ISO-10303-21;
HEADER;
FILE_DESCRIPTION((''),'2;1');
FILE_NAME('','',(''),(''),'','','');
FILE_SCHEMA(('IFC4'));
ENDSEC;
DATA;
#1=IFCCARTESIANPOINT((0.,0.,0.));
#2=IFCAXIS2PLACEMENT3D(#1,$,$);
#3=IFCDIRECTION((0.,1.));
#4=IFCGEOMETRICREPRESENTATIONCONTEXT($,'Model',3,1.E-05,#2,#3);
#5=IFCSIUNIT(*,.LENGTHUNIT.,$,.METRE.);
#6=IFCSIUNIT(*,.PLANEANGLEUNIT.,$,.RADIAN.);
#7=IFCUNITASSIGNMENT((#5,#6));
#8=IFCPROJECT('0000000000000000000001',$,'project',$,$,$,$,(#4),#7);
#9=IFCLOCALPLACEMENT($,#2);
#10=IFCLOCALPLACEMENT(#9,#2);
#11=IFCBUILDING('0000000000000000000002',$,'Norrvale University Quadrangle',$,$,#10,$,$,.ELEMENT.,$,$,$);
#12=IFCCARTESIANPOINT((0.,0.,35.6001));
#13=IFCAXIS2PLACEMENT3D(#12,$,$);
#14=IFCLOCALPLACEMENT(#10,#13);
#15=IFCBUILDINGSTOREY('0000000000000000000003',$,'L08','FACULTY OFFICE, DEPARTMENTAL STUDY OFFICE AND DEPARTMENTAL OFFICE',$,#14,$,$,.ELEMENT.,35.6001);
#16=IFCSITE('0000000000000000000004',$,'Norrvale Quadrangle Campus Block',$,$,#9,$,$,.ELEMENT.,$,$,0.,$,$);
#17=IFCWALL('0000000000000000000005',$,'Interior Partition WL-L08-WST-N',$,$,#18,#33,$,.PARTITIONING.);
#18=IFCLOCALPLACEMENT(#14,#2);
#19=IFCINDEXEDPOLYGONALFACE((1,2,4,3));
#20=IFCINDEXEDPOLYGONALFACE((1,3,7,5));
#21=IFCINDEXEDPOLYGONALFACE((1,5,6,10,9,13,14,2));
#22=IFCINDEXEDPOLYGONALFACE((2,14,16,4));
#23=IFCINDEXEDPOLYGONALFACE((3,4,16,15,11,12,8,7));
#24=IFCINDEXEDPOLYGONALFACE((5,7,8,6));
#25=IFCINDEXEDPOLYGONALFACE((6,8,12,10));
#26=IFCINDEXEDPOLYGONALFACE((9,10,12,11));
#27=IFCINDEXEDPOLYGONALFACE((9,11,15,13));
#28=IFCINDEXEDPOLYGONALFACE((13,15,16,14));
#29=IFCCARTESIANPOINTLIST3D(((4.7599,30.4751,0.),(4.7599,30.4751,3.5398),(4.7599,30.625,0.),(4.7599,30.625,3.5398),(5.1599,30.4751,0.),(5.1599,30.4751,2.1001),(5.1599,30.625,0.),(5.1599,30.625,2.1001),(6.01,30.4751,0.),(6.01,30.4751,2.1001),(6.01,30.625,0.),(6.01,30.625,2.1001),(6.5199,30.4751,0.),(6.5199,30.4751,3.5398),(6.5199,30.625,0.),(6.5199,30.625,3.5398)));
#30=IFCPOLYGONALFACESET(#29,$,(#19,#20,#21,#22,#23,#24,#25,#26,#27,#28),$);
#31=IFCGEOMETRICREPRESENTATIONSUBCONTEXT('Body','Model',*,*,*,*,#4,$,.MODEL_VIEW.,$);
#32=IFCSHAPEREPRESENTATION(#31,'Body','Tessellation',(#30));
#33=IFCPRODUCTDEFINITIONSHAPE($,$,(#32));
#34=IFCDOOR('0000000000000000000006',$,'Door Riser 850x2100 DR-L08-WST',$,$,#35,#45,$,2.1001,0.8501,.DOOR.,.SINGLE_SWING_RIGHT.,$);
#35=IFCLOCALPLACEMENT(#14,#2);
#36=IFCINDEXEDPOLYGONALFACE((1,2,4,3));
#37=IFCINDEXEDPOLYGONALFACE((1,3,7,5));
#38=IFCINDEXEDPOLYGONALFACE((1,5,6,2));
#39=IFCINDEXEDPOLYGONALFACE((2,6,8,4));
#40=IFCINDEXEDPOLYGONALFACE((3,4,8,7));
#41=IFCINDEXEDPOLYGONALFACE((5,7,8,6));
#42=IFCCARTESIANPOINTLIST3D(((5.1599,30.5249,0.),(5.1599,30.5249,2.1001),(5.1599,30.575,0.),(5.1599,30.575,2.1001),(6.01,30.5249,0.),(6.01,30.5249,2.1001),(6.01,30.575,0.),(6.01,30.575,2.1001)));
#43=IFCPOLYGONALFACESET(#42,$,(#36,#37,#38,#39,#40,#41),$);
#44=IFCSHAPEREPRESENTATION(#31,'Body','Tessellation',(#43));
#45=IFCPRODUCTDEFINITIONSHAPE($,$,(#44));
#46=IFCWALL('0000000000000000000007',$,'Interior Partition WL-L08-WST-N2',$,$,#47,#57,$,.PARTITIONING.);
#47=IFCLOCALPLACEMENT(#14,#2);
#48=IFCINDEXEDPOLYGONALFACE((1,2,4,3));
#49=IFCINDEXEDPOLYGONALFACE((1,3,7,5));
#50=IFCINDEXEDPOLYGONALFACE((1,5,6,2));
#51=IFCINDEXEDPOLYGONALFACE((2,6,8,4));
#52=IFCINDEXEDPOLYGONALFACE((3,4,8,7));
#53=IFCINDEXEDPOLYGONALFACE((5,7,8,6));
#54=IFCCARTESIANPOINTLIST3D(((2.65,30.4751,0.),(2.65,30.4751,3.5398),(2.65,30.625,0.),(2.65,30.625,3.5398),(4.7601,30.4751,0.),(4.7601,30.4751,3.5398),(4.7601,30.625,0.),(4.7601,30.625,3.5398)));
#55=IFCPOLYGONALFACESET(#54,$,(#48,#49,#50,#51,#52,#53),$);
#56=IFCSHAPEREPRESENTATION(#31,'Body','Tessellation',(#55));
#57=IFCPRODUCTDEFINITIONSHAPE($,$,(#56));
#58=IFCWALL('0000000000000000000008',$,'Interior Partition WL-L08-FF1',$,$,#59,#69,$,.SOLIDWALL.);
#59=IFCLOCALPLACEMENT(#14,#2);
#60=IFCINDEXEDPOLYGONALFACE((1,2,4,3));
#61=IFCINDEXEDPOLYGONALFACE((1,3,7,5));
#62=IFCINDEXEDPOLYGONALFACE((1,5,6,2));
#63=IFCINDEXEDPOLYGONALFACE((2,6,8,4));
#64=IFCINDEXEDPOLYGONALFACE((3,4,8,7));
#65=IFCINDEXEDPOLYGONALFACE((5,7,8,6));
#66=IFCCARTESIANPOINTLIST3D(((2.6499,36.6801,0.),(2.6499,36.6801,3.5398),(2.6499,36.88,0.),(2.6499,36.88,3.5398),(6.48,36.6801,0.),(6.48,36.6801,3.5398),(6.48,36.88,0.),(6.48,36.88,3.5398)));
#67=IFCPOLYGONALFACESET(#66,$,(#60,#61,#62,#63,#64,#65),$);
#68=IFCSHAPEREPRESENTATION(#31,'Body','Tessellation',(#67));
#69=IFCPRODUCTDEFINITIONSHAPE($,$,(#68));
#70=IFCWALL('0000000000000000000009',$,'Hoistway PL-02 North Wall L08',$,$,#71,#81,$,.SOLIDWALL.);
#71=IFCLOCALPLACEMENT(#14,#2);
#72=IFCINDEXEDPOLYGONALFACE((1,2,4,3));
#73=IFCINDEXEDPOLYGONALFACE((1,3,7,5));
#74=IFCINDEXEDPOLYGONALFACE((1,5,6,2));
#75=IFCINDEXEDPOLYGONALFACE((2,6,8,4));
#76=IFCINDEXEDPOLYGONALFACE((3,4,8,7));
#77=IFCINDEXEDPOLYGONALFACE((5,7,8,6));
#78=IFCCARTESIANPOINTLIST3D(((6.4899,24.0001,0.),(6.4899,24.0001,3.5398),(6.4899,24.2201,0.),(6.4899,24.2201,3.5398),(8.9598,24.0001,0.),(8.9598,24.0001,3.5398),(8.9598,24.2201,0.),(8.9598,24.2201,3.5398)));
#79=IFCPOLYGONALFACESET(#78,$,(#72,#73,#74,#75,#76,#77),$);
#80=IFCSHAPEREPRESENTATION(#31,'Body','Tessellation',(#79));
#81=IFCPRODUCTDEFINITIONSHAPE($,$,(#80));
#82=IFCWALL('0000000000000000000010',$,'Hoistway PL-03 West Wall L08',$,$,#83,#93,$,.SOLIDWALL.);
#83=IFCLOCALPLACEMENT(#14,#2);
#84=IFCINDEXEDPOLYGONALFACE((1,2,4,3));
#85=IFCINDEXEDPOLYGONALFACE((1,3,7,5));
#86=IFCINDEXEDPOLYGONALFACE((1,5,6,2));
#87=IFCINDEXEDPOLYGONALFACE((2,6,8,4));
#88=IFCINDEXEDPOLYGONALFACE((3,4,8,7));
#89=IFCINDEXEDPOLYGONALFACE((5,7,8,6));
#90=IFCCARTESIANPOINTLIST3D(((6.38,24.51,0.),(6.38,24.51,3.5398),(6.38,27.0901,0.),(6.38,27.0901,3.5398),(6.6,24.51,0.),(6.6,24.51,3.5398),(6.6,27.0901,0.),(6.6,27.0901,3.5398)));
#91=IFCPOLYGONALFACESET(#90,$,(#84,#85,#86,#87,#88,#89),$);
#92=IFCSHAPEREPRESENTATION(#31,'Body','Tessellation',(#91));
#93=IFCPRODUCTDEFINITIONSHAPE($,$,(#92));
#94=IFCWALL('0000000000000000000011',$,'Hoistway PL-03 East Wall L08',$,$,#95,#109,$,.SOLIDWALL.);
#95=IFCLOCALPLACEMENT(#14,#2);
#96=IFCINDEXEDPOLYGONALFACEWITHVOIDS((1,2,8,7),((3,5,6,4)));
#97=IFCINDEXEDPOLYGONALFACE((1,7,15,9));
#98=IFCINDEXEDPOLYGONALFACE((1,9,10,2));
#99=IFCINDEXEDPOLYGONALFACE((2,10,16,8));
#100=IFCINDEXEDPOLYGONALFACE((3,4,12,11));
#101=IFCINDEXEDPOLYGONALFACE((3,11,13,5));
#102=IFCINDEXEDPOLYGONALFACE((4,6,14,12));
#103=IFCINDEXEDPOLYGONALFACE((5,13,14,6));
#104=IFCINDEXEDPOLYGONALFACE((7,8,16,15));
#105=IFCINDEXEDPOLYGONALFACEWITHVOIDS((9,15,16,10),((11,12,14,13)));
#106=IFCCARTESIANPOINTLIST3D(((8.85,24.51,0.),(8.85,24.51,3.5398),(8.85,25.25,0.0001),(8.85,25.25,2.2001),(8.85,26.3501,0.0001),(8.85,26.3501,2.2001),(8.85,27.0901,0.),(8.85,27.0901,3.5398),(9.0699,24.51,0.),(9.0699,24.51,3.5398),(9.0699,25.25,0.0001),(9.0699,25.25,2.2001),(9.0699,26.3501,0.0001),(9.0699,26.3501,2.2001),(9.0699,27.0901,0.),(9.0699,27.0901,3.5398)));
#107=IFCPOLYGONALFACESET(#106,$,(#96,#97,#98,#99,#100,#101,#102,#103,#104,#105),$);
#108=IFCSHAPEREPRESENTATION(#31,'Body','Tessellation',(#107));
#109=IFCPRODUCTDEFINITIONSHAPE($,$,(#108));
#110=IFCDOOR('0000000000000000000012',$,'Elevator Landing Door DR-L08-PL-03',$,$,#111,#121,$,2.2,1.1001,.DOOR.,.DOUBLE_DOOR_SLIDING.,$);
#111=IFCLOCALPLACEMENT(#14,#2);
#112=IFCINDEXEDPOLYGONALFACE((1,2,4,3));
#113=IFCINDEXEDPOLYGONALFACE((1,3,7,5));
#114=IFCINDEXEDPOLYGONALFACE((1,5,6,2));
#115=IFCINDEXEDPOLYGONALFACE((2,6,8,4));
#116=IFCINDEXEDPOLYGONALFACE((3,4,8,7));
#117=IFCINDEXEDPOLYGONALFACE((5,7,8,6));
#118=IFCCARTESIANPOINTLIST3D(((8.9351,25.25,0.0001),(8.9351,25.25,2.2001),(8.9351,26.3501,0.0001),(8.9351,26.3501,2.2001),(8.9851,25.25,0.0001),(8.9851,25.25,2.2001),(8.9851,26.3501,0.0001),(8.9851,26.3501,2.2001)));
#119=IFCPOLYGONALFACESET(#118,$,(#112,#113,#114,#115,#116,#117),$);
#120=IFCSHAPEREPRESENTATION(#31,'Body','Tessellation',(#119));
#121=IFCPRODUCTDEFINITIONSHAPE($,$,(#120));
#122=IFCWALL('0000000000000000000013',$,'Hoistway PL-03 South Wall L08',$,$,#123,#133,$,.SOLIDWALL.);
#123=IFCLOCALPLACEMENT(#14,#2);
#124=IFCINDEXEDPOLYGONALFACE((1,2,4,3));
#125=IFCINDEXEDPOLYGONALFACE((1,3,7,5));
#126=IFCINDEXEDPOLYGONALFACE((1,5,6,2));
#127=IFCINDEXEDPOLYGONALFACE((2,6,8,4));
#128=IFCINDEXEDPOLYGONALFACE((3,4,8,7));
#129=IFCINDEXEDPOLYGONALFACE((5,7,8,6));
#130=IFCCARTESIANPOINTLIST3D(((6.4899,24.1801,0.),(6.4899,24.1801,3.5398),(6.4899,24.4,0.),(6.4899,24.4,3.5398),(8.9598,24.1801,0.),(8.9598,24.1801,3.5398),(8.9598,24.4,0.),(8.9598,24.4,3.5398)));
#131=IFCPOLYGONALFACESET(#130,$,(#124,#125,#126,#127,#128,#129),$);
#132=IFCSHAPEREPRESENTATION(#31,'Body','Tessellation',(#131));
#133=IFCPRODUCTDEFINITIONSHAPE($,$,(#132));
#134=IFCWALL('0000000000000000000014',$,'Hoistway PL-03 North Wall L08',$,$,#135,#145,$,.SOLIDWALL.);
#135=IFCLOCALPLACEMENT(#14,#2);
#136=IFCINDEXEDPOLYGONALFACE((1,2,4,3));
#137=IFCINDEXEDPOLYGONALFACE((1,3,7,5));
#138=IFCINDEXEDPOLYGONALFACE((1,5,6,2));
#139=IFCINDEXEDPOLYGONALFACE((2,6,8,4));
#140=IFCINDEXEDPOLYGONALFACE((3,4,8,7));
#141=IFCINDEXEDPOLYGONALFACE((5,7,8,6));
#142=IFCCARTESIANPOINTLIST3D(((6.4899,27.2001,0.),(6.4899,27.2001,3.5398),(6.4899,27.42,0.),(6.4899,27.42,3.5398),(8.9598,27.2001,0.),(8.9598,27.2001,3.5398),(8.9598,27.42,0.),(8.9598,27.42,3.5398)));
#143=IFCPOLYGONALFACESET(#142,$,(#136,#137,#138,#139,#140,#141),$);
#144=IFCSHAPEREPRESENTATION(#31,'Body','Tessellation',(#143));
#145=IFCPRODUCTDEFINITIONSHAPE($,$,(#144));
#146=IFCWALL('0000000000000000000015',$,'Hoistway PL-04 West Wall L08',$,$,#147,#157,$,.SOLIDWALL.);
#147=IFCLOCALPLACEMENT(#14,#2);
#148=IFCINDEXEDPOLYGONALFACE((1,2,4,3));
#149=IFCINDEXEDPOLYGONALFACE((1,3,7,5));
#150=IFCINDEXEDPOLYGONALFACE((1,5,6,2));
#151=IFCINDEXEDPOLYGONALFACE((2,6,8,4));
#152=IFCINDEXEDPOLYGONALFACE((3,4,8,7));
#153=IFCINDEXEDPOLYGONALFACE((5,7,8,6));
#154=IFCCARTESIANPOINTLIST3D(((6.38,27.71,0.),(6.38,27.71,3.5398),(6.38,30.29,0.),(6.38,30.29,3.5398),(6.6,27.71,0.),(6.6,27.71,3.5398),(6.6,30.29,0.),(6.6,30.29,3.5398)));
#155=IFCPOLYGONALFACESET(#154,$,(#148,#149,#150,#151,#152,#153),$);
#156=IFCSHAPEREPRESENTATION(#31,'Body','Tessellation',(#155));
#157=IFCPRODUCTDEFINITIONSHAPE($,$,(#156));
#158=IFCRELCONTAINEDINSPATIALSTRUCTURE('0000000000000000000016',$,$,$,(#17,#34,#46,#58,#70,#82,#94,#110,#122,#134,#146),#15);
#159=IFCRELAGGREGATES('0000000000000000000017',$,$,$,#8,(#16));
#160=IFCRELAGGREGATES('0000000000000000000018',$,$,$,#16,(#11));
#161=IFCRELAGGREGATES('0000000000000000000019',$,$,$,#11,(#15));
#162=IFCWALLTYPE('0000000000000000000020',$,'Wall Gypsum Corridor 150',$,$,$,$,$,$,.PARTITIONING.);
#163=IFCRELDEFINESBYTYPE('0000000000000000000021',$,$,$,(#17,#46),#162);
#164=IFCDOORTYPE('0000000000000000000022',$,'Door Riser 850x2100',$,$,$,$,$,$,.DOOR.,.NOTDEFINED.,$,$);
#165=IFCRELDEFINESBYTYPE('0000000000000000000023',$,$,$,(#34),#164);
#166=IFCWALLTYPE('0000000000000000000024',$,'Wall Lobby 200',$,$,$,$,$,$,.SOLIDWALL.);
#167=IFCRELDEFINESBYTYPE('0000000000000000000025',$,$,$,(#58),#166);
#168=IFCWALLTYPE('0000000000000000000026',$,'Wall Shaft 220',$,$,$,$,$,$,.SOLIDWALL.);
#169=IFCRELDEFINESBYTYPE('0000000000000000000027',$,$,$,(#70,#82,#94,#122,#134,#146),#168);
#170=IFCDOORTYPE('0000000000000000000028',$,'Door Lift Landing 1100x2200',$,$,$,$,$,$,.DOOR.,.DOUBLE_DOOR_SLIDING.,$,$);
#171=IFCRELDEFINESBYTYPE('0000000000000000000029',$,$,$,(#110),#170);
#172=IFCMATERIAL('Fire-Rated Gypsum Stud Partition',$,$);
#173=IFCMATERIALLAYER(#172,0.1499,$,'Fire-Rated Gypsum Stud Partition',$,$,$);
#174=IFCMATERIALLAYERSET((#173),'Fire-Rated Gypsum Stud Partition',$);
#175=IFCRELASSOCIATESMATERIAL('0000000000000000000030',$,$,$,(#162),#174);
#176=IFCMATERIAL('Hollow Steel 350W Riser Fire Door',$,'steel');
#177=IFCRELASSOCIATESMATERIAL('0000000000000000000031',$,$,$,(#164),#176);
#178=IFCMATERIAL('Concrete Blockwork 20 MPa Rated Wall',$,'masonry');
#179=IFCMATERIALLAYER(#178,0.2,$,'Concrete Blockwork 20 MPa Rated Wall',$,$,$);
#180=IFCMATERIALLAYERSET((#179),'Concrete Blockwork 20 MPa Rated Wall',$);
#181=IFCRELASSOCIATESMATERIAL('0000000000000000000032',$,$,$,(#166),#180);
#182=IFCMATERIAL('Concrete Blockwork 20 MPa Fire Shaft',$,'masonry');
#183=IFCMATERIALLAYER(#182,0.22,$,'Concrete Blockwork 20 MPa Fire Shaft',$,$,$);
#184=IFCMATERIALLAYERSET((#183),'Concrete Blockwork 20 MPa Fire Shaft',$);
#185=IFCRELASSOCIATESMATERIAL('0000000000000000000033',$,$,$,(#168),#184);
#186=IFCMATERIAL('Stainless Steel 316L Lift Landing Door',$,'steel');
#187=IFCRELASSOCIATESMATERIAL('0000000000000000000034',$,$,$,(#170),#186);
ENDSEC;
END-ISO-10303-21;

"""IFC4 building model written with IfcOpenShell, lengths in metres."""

from ifc_helpers import new_model, si_unit, direction, frame, frame_2d, origin, place, context, subcontext, project, spatial, rectangle, extrude, material, layer, layer_set, type_object, element, fill, save


model = new_model("IFC4")

# Units and contexts
model_context = context("Model", 3, precision=1e-05, world=origin(), true_north=direction((0.0, 1.0)))
body_context = subcontext(model_context, "Body", "Model", "MODEL_VIEW")
ifc_project = project(units=[si_unit("LENGTHUNIT", "METRE"), si_unit("PLANEANGLEUNIT", "RADIAN")], contexts=[model_context])

# Site, building, storey
site_placement = place(None, origin())
site = spatial("IfcSite", under=ifc_project, at=site_placement, Name="Norrvale Quadrangle Campus Block", CompositionType="ELEMENT", RefElevation=0.0)
building_placement = place(site_placement, origin())
building = spatial("IfcBuilding", under=site, at=building_placement, Name="Norrvale University Quadrangle", CompositionType="ELEMENT")
storey_placement = place(building_placement, frame((0.0, 0.0, 35.6001)))
storey = spatial("IfcBuildingStorey", under=building, at=storey_placement, Name="L08", Description="FACULTY OFFICE, DEPARTMENTAL STUDY OFFICE AND DEPARTMENTAL OFFICE", CompositionType="ELEMENT", Elevation=35.6001)

# Wall, opening, door
ifc_material_1 = material(Name="Fire-Rated Gypsum Stud Partition")
ifc_layer_1 = layer(ifc_material_1, 0.1499, Name="Fire-Rated Gypsum Stud Partition")
ifc_layer_set_1 = layer_set([ifc_layer_1], Name="Fire-Rated Gypsum Stud Partition")
wall_type_1 = type_object("IfcWallType", Name="Wall Gypsum Corridor 150", PredefinedType="PARTITIONING", material=ifc_layer_set_1)
ifc_material_2 = material(Name="Hollow Steel 350W Riser Fire Door", Category="steel")
door_type_1 = type_object("IfcDoorType", Name="Door Riser 850x2100", OperationType="NOTDEFINED", PredefinedType="DOOR", material=ifc_material_2)
wall_1_placement = place(storey_placement, frame((4.76, 30.55, 0.0), z_axis=(0.0, 0.0, 1.0), x_axis=(1.0, 0.0, 0.0)))
wall_1 = element("IfcWall", 1, at=wall_1_placement, inside=storey, type_object=wall_type_1, Name="Interior Partition WL-L08-WST-N", PredefinedType="PARTITIONING", context=body_context, shape_type="SweptSolid", body=[
    extrude(rectangle(XDim=1.76, YDim=0.1499, at=frame_2d((0.8799, 0.0))), origin(), (0.0, 0.0, 1.0), 3.5398),
])
opening_1_placement = place(wall_1_placement, frame((0.3999, 0.0, 0.0)))
opening_1 = element("IfcOpeningElement", 2, at=opening_1_placement, cuts=wall_1, PredefinedType="OPENING", context=body_context, shape_type="SweptSolid", body=[
    extrude(rectangle(XDim=0.8501, YDim=2.1001, at=frame_2d((0.425, 1.05))), frame((0.0, 0.0869, 0.0), z_axis=(0.0, -1.0, 0.0), x_axis=(1.0, 0.0, 0.0)), (0.0, 0.0, 1.0), 0.1738),
])
door_1_placement = place(opening_1_placement, origin())
door_1 = element("IfcDoor", 3, at=door_1_placement, inside=storey, type_object=door_type_1, Name="Door Riser 850x2100 DR-L08-WST", OperationType="SINGLE_SWING_RIGHT", OverallHeight=2.1001, OverallWidth=0.8501, PredefinedType="DOOR", context=body_context, shape_type="SweptSolid", body=[
    extrude(rectangle(XDim=0.8501, YDim=2.1001, at=frame_2d((0.425, 1.05))), frame((0.0, 0.0249, 0.0), z_axis=(0.0, -1.0, 0.0), x_axis=(1.0, 0.0, 0.0)), (0.0, 0.0, 1.0), 0.05),
])
fill(opening_1, door_1)

# Walls
wall_2_placement = place(storey_placement, frame((2.6499, 30.55, 0.0), z_axis=(0.0, 0.0, 1.0), x_axis=(1.0, 0.0, 0.0)))
element("IfcWall", 4, at=wall_2_placement, inside=storey, type_object=wall_type_1, Name="Interior Partition WL-L08-WST-N2", PredefinedType="PARTITIONING", context=body_context, shape_type="SweptSolid", body=[
    extrude(rectangle(XDim=2.1101, YDim=0.1499, at=frame_2d((1.0552, 0.0))), origin(), (0.0, 0.0, 1.0), 3.5398),
])
ifc_material_3 = material(Name="Concrete Blockwork 20 MPa Rated Wall", Category="masonry")
ifc_layer_2 = layer(ifc_material_3, 0.2, Name="Concrete Blockwork 20 MPa Rated Wall")
ifc_layer_set_2 = layer_set([ifc_layer_2], Name="Concrete Blockwork 20 MPa Rated Wall")
wall_type_2 = type_object("IfcWallType", Name="Wall Lobby 200", PredefinedType="SOLIDWALL", material=ifc_layer_set_2)
wall_3_placement = place(storey_placement, frame((2.6499, 36.78, 0.0), z_axis=(0.0, 0.0, 1.0), x_axis=(1.0, 0.0, 0.0)))
element("IfcWall", 5, at=wall_3_placement, inside=storey, type_object=wall_type_2, Name="Interior Partition WL-L08-FF1", PredefinedType="SOLIDWALL", context=body_context, shape_type="SweptSolid", body=[
    extrude(rectangle(XDim=3.8301, YDim=0.2, at=frame_2d((1.915, 0.0))), origin(), (0.0, 0.0, 1.0), 3.5398),
])
ifc_material_4 = material(Name="Concrete Blockwork 20 MPa Fire Shaft", Category="masonry")
ifc_layer_3 = layer(ifc_material_4, 0.22, Name="Concrete Blockwork 20 MPa Fire Shaft")
ifc_layer_set_3 = layer_set([ifc_layer_3], Name="Concrete Blockwork 20 MPa Fire Shaft")
wall_type_3 = type_object("IfcWallType", Name="Wall Shaft 220", PredefinedType="SOLIDWALL", material=ifc_layer_set_3)
wall_4_placement = place(storey_placement, frame((6.49, 24.1101, 0.0), z_axis=(0.0, 0.0, 1.0), x_axis=(1.0, 0.0, 0.0)))
element("IfcWall", 6, at=wall_4_placement, inside=storey, type_object=wall_type_3, Name="Hoistway PL-02 North Wall L08", PredefinedType="SOLIDWALL", context=body_context, shape_type="SweptSolid", body=[
    extrude(rectangle(XDim=2.47, YDim=0.22, at=frame_2d((1.2349, 0.0))), origin(), (0.0, 0.0, 1.0), 3.5398),
])
wall_5_placement = place(storey_placement, frame((6.49, 24.51, 0.0), z_axis=(0.0, 0.0, 1.0), x_axis=(0.0, 1.0, 0.0)))
element("IfcWall", 7, at=wall_5_placement, inside=storey, type_object=wall_type_3, Name="Hoistway PL-03 West Wall L08", PredefinedType="SOLIDWALL", context=body_context, shape_type="SweptSolid", body=[
    extrude(rectangle(XDim=2.5801, YDim=0.22, at=frame_2d((1.29, 0.0))), origin(), (0.0, 0.0, 1.0), 3.5398),
])

# Wall, opening, door
wall_6_placement = place(storey_placement, frame((8.96, 24.51, 0.0), z_axis=(0.0, 0.0, 1.0), x_axis=(0.0, 1.0, 0.0)))
wall_6 = element("IfcWall", 8, at=wall_6_placement, inside=storey, type_object=wall_type_3, Name="Hoistway PL-03 East Wall L08", PredefinedType="SOLIDWALL", context=body_context, shape_type="SweptSolid", body=[
    extrude(rectangle(XDim=2.5801, YDim=0.22, at=frame_2d((1.29, 0.0))), origin(), (0.0, 0.0, 1.0), 3.5398),
])
opening_2_placement = place(wall_6_placement, frame((0.74, 0.0, 0.0)))
opening_2 = element("IfcOpeningElement", 9, at=opening_2_placement, cuts=wall_6, PredefinedType="OPENING", context=body_context, shape_type="SweptSolid", body=[
    extrude(rectangle(XDim=1.1001, YDim=2.2, at=frame_2d((0.55, 1.1001))), frame((0.0, 0.1221, 0.0), z_axis=(0.0, -1.0, 0.0), x_axis=(1.0, 0.0, 0.0)), (0.0, 0.0, 1.0), 0.2439),
])
ifc_material_5 = material(Name="Stainless Steel 316L Lift Landing Door", Category="steel")
door_type_2 = type_object("IfcDoorType", Name="Door Lift Landing 1100x2200", OperationType="DOUBLE_DOOR_SLIDING", PredefinedType="DOOR", material=ifc_material_5)
door_2_placement = place(opening_2_placement, origin())
door_2 = element("IfcDoor", 10, at=door_2_placement, inside=storey, type_object=door_type_2, Name="Elevator Landing Door DR-L08-PL-03", OperationType="DOUBLE_DOOR_SLIDING", OverallHeight=2.2, OverallWidth=1.1001, PredefinedType="DOOR", context=body_context, shape_type="SweptSolid", body=[
    extrude(rectangle(XDim=1.1001, YDim=2.2, at=frame_2d((0.55, 1.1001))), frame((0.0, 0.0249, 0.0), z_axis=(0.0, -1.0, 0.0), x_axis=(1.0, 0.0, 0.0)), (0.0, 0.0, 1.0), 0.05),
])
fill(opening_2, door_2)

# Walls
for number, where, z_axis, x_axis, name in (
    (11, (6.49, 24.29, 0.0), (0.0, 0.0, 1.0), (1.0, 0.0, 0.0), "Hoistway PL-03 South Wall L08"),
    (12, (6.49, 27.3101, 0.0), (0.0, 0.0, 1.0), (1.0, 0.0, 0.0), "Hoistway PL-03 North Wall L08"),
):
    element("IfcWall", number, at=place(storey_placement, frame(where, z_axis=z_axis, x_axis=x_axis)), inside=storey, type_object=wall_type_3, Name=name, PredefinedType="SOLIDWALL", context=body_context, shape_type="SweptSolid", body=[
        extrude(rectangle(XDim=2.47, YDim=0.22, at=frame_2d((1.2349, 0.0))), origin(), (0.0, 0.0, 1.0), 3.5398),
    ])
wall_7_placement = place(storey_placement, frame((6.49, 27.71, 0.0), z_axis=(0.0, 0.0, 1.0), x_axis=(0.0, 1.0, 0.0)))
element("IfcWall", 13, at=wall_7_placement, inside=storey, type_object=wall_type_3, Name="Hoistway PL-04 West Wall L08", PredefinedType="SOLIDWALL", context=body_context, shape_type="SweptSolid", body=[
    extrude(rectangle(XDim=2.5801, YDim=0.22, at=frame_2d((1.29, 0.0))), origin(), (0.0, 0.0, 1.0), 3.5398),
])

save(model, "model.ifc")
